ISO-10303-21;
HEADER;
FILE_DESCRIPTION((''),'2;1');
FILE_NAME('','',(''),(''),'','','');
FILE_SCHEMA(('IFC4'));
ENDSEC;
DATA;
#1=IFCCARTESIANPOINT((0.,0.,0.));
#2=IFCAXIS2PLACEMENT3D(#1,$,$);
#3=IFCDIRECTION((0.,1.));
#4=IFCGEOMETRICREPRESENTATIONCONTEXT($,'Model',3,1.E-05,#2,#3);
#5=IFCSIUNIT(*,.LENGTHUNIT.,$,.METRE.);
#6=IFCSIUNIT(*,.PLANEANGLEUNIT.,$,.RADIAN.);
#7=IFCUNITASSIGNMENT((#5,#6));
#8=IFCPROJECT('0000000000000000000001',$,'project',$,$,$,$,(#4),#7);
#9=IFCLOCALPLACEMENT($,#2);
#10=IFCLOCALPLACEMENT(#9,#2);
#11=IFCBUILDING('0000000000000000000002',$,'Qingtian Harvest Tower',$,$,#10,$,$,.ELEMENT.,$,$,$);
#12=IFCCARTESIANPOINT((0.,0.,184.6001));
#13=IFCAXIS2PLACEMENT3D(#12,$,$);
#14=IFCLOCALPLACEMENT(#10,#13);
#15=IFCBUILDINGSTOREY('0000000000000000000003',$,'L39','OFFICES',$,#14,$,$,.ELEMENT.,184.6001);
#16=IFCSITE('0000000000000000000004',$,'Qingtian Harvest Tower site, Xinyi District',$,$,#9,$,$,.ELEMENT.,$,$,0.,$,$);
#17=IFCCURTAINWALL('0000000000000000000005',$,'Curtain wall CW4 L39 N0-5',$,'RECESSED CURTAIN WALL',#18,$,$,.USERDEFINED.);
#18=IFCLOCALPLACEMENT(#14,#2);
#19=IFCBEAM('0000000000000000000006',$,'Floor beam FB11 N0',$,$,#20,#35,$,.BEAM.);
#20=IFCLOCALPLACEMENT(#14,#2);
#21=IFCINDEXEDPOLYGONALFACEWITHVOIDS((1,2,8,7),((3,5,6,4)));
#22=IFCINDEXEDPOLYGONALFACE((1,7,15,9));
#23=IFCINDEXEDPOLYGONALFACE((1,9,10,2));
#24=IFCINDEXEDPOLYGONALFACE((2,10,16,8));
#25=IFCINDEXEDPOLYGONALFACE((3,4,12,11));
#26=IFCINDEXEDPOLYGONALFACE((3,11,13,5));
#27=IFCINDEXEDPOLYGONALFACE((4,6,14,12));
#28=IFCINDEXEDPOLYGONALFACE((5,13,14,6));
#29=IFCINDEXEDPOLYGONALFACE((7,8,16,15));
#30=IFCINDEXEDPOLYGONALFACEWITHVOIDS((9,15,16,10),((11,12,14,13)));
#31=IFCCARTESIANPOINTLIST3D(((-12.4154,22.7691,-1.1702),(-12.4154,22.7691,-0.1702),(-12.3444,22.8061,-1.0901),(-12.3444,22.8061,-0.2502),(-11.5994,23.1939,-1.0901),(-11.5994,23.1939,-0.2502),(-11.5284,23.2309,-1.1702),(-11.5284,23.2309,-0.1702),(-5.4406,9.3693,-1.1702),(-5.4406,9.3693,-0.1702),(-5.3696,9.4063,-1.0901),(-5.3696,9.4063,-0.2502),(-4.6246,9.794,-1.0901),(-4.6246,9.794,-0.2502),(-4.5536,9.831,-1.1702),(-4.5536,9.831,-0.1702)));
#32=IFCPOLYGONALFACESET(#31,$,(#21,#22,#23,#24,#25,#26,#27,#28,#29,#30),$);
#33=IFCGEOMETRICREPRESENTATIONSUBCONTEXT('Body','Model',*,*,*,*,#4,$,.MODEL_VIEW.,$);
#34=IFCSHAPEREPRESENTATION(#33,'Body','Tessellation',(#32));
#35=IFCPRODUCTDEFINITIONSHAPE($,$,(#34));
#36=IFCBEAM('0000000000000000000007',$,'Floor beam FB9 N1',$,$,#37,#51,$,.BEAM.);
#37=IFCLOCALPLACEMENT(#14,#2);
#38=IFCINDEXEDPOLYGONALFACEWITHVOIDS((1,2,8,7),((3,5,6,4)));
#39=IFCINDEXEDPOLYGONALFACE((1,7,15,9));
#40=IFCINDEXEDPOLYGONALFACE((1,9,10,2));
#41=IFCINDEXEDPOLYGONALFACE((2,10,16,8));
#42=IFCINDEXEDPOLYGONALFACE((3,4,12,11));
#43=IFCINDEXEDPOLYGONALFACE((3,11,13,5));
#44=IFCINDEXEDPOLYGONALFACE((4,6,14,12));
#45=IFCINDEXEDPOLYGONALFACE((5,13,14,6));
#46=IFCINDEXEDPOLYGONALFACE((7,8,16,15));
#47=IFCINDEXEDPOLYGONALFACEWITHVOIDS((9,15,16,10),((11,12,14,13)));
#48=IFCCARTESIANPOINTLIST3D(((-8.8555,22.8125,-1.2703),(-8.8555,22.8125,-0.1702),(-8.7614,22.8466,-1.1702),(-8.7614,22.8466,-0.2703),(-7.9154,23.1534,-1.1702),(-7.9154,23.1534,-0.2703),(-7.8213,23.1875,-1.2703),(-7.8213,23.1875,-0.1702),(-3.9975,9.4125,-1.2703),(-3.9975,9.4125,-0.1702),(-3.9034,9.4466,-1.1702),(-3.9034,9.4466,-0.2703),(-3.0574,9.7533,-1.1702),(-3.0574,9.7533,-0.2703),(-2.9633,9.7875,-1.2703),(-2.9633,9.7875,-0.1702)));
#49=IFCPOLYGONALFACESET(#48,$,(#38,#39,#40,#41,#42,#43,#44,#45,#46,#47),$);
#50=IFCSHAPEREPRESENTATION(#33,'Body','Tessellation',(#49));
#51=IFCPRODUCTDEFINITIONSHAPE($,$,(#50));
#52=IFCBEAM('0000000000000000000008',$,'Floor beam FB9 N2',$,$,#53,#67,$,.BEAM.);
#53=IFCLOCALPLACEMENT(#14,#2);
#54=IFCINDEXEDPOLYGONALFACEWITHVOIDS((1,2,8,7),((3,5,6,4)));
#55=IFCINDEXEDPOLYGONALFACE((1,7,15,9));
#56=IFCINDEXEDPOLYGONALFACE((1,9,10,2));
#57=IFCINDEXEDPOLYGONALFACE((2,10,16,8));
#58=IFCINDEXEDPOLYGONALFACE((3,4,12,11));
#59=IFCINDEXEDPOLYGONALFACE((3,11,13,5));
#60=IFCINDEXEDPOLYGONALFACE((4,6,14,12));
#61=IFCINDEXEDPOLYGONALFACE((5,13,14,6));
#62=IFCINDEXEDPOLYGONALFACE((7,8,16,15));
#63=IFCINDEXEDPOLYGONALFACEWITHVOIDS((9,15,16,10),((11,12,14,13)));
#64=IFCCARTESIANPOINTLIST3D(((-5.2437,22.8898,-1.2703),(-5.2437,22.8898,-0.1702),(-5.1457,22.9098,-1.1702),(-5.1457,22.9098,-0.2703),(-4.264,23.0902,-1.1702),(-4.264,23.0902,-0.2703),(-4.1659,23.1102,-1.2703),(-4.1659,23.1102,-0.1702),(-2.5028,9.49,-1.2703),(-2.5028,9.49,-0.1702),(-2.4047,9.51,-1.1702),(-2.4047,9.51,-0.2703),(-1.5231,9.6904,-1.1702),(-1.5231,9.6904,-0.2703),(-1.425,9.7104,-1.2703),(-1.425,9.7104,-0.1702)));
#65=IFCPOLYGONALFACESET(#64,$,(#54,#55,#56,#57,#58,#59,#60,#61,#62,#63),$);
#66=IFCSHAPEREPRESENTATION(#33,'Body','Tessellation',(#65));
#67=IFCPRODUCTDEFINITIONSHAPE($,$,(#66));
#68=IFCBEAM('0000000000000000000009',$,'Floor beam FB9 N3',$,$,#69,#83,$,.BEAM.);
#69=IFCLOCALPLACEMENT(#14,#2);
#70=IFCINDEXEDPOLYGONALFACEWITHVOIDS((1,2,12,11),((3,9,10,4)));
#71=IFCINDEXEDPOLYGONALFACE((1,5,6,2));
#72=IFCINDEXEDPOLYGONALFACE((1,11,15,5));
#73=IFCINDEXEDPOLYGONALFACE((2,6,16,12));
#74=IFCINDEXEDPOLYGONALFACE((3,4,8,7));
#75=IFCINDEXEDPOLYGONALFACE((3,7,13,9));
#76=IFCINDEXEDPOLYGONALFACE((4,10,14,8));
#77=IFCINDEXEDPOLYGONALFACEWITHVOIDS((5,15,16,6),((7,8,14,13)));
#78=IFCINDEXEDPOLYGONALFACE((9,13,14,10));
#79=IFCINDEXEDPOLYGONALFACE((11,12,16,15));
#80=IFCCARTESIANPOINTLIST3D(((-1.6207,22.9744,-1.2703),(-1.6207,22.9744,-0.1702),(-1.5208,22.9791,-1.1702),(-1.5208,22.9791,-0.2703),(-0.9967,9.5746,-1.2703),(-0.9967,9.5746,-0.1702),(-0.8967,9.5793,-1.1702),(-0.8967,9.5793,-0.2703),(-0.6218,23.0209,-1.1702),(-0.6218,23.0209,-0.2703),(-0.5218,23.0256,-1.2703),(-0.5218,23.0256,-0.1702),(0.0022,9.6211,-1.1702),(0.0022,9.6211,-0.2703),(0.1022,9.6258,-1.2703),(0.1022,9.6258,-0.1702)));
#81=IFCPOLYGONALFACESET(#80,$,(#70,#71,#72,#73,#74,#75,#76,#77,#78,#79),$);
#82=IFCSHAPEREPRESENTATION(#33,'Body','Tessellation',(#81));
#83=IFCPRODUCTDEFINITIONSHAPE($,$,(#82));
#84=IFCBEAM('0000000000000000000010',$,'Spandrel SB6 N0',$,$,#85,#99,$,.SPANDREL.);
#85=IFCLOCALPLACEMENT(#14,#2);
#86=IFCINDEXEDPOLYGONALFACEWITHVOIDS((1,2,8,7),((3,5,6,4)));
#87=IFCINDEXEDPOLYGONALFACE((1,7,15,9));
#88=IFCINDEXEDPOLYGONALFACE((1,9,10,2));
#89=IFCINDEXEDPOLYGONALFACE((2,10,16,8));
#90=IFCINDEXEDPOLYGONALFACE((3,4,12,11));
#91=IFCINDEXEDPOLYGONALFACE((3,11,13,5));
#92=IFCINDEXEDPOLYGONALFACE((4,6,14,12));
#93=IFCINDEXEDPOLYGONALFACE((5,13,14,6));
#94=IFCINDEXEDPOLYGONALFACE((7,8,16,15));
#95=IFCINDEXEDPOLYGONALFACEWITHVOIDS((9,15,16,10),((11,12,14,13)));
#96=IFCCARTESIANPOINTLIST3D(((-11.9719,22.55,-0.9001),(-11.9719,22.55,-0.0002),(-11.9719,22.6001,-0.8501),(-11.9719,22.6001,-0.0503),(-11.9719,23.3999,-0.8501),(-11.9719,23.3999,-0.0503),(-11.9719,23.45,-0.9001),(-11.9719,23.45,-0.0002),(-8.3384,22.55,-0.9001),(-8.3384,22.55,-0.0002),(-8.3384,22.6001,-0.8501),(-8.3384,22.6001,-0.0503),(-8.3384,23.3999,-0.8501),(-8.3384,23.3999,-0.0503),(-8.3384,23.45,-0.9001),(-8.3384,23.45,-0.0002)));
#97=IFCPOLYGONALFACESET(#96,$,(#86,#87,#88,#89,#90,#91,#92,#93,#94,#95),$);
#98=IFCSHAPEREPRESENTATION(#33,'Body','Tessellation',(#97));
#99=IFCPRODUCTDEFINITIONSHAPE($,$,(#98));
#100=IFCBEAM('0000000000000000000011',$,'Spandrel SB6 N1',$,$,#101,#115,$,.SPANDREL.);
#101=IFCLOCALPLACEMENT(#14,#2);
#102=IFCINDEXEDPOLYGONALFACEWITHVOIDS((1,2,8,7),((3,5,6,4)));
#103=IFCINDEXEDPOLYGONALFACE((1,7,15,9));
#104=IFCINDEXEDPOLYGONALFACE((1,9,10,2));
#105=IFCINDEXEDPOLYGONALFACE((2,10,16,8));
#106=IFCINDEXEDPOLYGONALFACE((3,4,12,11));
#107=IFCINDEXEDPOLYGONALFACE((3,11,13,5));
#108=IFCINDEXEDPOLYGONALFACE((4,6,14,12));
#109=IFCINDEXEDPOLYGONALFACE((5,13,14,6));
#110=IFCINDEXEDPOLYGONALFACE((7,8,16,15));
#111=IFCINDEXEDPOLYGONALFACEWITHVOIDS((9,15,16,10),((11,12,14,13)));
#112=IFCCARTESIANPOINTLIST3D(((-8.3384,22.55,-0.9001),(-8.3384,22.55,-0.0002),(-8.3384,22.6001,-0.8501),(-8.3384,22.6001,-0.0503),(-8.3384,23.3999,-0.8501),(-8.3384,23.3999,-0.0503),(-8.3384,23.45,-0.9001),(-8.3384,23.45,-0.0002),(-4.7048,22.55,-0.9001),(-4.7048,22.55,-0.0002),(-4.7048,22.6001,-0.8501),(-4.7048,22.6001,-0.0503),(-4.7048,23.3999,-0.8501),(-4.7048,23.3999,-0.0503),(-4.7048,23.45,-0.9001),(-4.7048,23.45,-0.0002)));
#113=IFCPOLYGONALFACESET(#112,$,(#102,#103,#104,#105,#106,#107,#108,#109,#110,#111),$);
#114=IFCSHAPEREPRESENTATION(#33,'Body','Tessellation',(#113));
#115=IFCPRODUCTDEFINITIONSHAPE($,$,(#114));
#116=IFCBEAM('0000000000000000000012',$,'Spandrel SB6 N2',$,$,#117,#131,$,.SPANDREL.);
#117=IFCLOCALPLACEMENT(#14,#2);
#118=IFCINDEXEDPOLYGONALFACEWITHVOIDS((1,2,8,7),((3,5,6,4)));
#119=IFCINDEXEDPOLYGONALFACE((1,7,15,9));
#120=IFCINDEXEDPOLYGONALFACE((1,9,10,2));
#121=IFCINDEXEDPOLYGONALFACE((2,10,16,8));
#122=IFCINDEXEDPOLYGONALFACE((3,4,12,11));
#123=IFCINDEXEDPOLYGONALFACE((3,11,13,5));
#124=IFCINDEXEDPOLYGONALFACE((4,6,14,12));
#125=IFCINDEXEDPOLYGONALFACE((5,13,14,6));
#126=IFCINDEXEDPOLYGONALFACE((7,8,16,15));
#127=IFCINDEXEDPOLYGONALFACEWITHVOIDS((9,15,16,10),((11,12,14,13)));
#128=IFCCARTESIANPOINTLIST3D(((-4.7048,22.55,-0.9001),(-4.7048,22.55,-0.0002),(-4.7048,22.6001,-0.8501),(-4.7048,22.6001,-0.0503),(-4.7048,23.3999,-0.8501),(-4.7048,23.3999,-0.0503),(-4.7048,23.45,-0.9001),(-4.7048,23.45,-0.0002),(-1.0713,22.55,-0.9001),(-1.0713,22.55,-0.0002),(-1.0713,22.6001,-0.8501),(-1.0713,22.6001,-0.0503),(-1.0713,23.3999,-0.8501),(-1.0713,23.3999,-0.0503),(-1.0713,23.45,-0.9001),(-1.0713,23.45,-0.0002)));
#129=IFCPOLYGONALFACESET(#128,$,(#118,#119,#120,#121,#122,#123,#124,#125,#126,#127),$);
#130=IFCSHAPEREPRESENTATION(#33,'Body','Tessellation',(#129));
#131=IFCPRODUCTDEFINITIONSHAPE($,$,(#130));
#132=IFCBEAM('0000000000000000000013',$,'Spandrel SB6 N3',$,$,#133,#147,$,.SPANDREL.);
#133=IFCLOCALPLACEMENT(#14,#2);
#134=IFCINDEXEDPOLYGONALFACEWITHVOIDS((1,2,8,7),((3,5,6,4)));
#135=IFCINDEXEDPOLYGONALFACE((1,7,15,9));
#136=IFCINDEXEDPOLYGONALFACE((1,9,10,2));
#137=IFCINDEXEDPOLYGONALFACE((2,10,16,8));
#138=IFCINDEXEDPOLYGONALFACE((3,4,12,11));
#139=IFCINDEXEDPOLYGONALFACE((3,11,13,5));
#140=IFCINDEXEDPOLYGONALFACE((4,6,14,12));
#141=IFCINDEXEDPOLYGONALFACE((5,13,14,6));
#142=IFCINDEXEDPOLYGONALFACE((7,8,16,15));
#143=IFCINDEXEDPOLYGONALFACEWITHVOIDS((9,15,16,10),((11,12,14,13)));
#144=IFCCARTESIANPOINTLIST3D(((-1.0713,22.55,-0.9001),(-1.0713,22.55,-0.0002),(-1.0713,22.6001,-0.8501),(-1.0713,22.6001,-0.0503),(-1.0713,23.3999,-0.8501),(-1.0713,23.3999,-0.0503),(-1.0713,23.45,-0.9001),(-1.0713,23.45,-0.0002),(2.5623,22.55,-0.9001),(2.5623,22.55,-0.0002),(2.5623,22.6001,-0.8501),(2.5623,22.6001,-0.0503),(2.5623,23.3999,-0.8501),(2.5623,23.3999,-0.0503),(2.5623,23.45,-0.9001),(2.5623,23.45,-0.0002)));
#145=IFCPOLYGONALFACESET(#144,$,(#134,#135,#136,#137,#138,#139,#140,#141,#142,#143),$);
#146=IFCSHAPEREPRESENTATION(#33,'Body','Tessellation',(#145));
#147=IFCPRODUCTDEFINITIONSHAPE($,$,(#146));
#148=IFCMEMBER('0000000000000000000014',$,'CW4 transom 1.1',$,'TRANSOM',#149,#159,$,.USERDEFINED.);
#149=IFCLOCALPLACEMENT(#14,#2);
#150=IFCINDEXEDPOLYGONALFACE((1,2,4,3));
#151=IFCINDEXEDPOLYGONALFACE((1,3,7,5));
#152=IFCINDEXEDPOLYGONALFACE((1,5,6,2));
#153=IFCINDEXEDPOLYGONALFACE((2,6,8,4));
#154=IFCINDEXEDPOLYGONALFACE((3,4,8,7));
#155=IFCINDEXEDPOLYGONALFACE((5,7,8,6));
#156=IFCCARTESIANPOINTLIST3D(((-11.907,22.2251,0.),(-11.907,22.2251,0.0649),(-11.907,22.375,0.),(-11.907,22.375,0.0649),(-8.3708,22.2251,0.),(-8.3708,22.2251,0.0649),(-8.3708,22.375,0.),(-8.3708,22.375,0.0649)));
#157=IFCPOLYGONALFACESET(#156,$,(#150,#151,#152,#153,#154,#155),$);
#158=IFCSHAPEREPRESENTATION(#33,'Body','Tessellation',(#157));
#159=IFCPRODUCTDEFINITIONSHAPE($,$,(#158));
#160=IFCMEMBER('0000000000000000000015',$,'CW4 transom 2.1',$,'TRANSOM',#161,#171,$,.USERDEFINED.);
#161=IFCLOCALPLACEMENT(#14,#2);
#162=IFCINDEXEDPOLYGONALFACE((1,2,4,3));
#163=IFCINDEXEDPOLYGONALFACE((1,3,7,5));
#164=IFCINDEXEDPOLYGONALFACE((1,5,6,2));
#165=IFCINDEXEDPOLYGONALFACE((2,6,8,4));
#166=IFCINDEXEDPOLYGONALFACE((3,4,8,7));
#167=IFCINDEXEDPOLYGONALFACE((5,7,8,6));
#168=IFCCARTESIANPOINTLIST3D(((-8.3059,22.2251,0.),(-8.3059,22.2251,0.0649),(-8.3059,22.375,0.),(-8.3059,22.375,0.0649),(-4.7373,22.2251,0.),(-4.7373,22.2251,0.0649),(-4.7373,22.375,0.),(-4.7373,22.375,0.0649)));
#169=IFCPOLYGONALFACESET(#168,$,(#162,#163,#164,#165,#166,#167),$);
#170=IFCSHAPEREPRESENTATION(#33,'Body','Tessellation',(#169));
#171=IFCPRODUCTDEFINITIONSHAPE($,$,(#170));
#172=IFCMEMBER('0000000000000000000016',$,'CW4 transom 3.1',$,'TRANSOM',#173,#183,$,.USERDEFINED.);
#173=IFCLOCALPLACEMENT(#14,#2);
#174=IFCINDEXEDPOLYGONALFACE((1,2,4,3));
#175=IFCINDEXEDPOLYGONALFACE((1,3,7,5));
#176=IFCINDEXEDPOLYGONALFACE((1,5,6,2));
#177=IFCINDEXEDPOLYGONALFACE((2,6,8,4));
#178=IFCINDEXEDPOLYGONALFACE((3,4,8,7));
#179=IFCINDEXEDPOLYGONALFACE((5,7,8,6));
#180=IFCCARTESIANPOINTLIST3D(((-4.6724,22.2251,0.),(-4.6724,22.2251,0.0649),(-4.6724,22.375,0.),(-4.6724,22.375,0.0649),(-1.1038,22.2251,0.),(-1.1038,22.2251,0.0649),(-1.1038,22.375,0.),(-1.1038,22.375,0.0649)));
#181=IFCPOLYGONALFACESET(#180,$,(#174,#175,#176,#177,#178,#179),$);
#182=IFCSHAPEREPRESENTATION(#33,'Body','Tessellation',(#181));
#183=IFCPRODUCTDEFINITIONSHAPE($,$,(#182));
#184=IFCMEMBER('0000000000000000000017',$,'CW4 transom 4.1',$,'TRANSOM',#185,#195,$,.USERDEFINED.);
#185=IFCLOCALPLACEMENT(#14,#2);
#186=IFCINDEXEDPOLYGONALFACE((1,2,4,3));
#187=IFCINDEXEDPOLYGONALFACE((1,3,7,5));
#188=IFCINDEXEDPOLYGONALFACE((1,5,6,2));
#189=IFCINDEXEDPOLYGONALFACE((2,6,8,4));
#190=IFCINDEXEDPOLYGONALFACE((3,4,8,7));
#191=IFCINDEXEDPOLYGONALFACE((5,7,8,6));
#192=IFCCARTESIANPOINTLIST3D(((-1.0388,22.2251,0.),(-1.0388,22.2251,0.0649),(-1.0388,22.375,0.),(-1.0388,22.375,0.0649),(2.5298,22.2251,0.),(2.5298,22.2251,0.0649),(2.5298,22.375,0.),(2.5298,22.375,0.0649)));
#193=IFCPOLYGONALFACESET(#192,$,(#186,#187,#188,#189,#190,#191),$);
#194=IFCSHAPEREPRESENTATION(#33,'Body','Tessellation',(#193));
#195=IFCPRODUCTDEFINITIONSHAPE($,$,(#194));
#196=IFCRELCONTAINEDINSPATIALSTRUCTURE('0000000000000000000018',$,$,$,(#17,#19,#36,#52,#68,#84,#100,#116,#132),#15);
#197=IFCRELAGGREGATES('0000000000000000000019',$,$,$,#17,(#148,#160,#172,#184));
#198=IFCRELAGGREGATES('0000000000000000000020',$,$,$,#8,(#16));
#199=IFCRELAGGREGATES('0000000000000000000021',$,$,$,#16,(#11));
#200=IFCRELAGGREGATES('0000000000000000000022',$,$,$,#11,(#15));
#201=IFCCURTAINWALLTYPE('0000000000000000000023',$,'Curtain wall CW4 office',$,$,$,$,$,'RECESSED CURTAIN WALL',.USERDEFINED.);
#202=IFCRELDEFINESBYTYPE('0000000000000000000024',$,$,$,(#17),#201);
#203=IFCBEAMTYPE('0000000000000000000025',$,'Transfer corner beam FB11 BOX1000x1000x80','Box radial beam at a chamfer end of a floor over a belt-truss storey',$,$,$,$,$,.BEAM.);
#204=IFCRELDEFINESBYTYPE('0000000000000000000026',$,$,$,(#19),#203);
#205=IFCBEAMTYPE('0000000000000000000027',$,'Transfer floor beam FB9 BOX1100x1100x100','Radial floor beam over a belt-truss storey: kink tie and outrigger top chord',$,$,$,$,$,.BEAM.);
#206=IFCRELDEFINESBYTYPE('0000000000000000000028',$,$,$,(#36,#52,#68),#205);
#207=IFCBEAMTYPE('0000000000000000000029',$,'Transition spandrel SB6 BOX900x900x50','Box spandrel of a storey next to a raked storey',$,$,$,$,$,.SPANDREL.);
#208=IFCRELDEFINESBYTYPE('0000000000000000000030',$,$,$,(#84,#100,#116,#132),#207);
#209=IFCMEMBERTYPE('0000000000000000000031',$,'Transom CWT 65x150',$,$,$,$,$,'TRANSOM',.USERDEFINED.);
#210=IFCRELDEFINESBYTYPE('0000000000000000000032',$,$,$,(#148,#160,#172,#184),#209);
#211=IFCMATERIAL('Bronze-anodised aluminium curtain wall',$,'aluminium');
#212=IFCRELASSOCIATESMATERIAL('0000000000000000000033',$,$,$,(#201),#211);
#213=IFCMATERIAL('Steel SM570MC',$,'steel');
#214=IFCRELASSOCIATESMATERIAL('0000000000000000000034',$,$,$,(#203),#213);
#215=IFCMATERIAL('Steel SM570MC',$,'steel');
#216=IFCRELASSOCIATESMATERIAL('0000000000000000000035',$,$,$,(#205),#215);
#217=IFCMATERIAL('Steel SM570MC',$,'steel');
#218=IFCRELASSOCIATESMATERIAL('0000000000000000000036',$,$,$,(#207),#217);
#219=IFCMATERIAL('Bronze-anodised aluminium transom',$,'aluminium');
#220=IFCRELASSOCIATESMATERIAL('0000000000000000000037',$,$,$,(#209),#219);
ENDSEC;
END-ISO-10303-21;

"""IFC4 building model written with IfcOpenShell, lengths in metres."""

from ifc_helpers import new_model, si_unit, direction, frame, origin, origin_2d, place, context, subcontext, project, spatial, rectangle, hollow_rectangle, extrude, material, material_profile, profile_set, type_object, element, aggregate, save


model = new_model("IFC4")

# Units and contexts
model_context = context("Model", 3, precision=1e-05, world=origin(), true_north=direction((0.0, 1.0)))
body_context = subcontext(model_context, "Body", "Model", "MODEL_VIEW")
ifc_project = project(units=[si_unit("LENGTHUNIT", "METRE"), si_unit("PLANEANGLEUNIT", "RADIAN")], contexts=[model_context])

# Site, building, storey
site_placement = place(None, origin())
site = spatial("IfcSite", under=ifc_project, at=site_placement, Name="Qingtian Harvest Tower site, Xinyi District", CompositionType="ELEMENT", RefElevation=0.0)
building_placement = place(site_placement, origin())
building = spatial("IfcBuilding", under=site, at=building_placement, Name="Qingtian Harvest Tower", CompositionType="ELEMENT")
storey_placement = place(building_placement, frame((0.0, 0.0, 184.6001)))
storey = spatial("IfcBuildingStorey", under=building, at=storey_placement, Name="L39", Description="OFFICES", CompositionType="ELEMENT", Elevation=184.6001)

# Curtain wall
ifc_material_1 = material(Name="Bronze-anodised aluminium curtain wall", Category="aluminium")
curtain_wall_type = type_object("IfcCurtainWallType", Name="Curtain wall CW4 office", ElementType="RECESSED CURTAIN WALL", PredefinedType="USERDEFINED", material=ifc_material_1)
curtain_wall_1_placement = place(storey_placement, origin())
curtain_wall_1 = element("IfcCurtainWall", 1, at=curtain_wall_1_placement, inside=storey, type_object=curtain_wall_type, Name="Curtain wall CW4 L39 N0-5", ObjectType="RECESSED CURTAIN WALL", PredefinedType="USERDEFINED")

# Beams
ifc_material_2 = material(Name="Steel SM570MC", Category="steel")
ifc_material_profile_1 = material_profile(ifc_material_2, hollow_rectangle(XDim=1.0, YDim=1.0, WallThickness=0.0801, at=origin_2d()), Name="BOX1000x1000x80")
ifc_profile_set_1 = profile_set([ifc_material_profile_1], Name="Steel SM570MC")
beam_type_1 = type_object("IfcBeamType", Name="Transfer corner beam FB11 BOX1000x1000x80", Description="Box radial beam at a chamfer end of a floor over a belt-truss storey", PredefinedType="BEAM", material=ifc_profile_set_1)
beam_1_placement = place(storey_placement, frame((-11.9719, 23.0, -0.6702), z_axis=(0.461712, -0.88703, 0.0), x_axis=(0.88703, 0.461712, 0.0)))
element("IfcBeam", 2, at=beam_1_placement, inside=storey, type_object=beam_type_1, Name="Floor beam FB11 N0", PredefinedType="BEAM", context=body_context, shape_type="SweptSolid", body=[
    extrude(hollow_rectangle(XDim=1.0, YDim=1.0, WallThickness=0.0801, at=origin_2d()), origin(), (0.0, 0.0, 1.0), 15.1064),
])
ifc_material_3 = material(Name="Steel SM570MC", Category="steel")
ifc_material_profile_2 = material_profile(ifc_material_3, hollow_rectangle(XDim=1.1001, YDim=1.1001, WallThickness=0.1001, at=origin_2d()), Name="BOX1100x1100x100")
ifc_profile_set_2 = profile_set([ifc_material_profile_2], Name="Steel SM570MC")
beam_type_2 = type_object("IfcBeamType", Name="Transfer floor beam FB9 BOX1100x1100x100", Description="Radial floor beam over a belt-truss storey: kink tie and outrigger top chord", PredefinedType="BEAM", material=ifc_profile_set_2)
beam_2_placement = place(storey_placement, frame((-8.3384, 23.0, -0.7202), z_axis=(0.340827, -0.940126, 0.0), x_axis=(0.940126, 0.340827, 0.0)))
element("IfcBeam", 3, at=beam_2_placement, inside=storey, type_object=beam_type_2, Name="Floor beam FB9 N1", PredefinedType="BEAM", context=body_context, shape_type="SweptSolid", body=[
    extrude(hollow_rectangle(XDim=1.1001, YDim=1.1001, WallThickness=0.1001, at=origin_2d()), origin(), (0.0, 0.0, 1.0), 14.2534),
])
beam_3_placement = place(storey_placement, frame((-4.7048, 23.0, -0.7202), z_axis=(0.200402, -0.979714, 0.0), x_axis=(0.979714, 0.200402, 0.0)))
element("IfcBeam", 4, at=beam_3_placement, inside=storey, type_object=beam_type_2, Name="Floor beam FB9 N2", PredefinedType="BEAM", context=body_context, shape_type="SweptSolid", body=[
    extrude(hollow_rectangle(XDim=1.1001, YDim=1.1001, WallThickness=0.1001, at=origin_2d()), origin(), (0.0, 0.0, 1.0), 13.6772),
])
beam_4_placement = place(storey_placement, frame((-1.0713, 23.0, -0.7202), z_axis=(0.046519, -0.998917, 0.0), x_axis=(0.998917, 0.046519, 0.0)))
element("IfcBeam", 5, at=beam_4_placement, inside=storey, type_object=beam_type_2, Name="Floor beam FB9 N3", PredefinedType="BEAM", context=body_context, shape_type="SweptSolid", body=[
    extrude(hollow_rectangle(XDim=1.1001, YDim=1.1001, WallThickness=0.1001, at=origin_2d()), origin(), (0.0, 0.0, 1.0), 13.4143),
])
ifc_material_4 = material(Name="Steel SM570MC", Category="steel")
ifc_material_profile_3 = material_profile(ifc_material_4, hollow_rectangle(XDim=0.8999, YDim=0.8999, WallThickness=0.05, at=origin_2d()), Name="BOX900x900x50")
ifc_profile_set_3 = profile_set([ifc_material_profile_3], Name="Steel SM570MC")
beam_type_3 = type_object("IfcBeamType", Name="Transition spandrel SB6 BOX900x900x50", Description="Box spandrel of a storey next to a raked storey", PredefinedType="SPANDREL", material=ifc_profile_set_3)
for number, where, z_axis, x_axis, name in (
    (6, (-11.9719, 23.0, -0.4502), (1.0, 0.0, 0.0), (0.0, 1.0, 0.0), "Spandrel SB6 N0"),
    (7, (-8.3384, 23.0, -0.4502), (1.0, 0.0, 0.0), (0.0, 1.0, 0.0), "Spandrel SB6 N1"),
    (8, (-4.7048, 23.0, -0.4502), (1.0, 0.0, 0.0), (0.0, 1.0, 0.0), "Spandrel SB6 N2"),
    (9, (-1.0713, 23.0, -0.4502), (1.0, 0.0, 0.0), (0.0, 1.0, 0.0), "Spandrel SB6 N3"),
):
    element("IfcBeam", number, at=place(storey_placement, frame(where, z_axis=z_axis, x_axis=x_axis)), inside=storey, type_object=beam_type_3, Name=name, PredefinedType="SPANDREL", context=body_context, shape_type="SweptSolid", body=[
        extrude(hollow_rectangle(XDim=0.8999, YDim=0.8999, WallThickness=0.05, at=origin_2d()), origin(), (0.0, 0.0, 1.0), 3.6335),
    ])

# Members
ifc_material_5 = material(Name="Bronze-anodised aluminium transom", Category="aluminium")
ifc_material_profile_4 = material_profile(ifc_material_5, rectangle(XDim=0.1499, YDim=0.0649, at=origin_2d()), Name="AL 65x150")
ifc_profile_set_4 = profile_set([ifc_material_profile_4], Name="Bronze-anodised aluminium transom")
member_type_1 = type_object("IfcMemberType", Name="Transom CWT 65x150", ElementType="TRANSOM", PredefinedType="USERDEFINED", material=ifc_profile_set_4)
member_1_placement = place(storey_placement, frame((-11.907, 22.3, 0.0325), z_axis=(1.0, 0.0, 0.0), x_axis=(0.0, 1.0, 0.0)))
member_1 = element("IfcMember", 10, at=member_1_placement, type_object=member_type_1, Name="CW4 transom 1.1", ObjectType="TRANSOM", PredefinedType="USERDEFINED", context=body_context, shape_type="SweptSolid", body=[
    extrude(rectangle(XDim=0.1499, YDim=0.0649, at=origin_2d()), origin(), (0.0, 0.0, 1.0), 3.5361),
])
member_2_placement = place(storey_placement, frame((-8.3059, 22.3, 0.0325), z_axis=(1.0, 0.0, 0.0), x_axis=(0.0, 1.0, 0.0)))
member_2 = element("IfcMember", 11, at=member_2_placement, type_object=member_type_1, Name="CW4 transom 2.1", ObjectType="TRANSOM", PredefinedType="USERDEFINED", context=body_context, shape_type="SweptSolid", body=[
    extrude(rectangle(XDim=0.1499, YDim=0.0649, at=origin_2d()), origin(), (0.0, 0.0, 1.0), 3.5686),
])
member_3_placement = place(storey_placement, frame((-4.6724, 22.3, 0.0325), z_axis=(1.0, 0.0, 0.0), x_axis=(0.0, 1.0, 0.0)))
member_3 = element("IfcMember", 12, at=member_3_placement, type_object=member_type_1, Name="CW4 transom 3.1", ObjectType="TRANSOM", PredefinedType="USERDEFINED", context=body_context, shape_type="SweptSolid", body=[
    extrude(rectangle(XDim=0.1499, YDim=0.0649, at=origin_2d()), origin(), (0.0, 0.0, 1.0), 3.5686),
])
member_4_placement = place(storey_placement, frame((-1.0388, 22.3, 0.0325), z_axis=(1.0, 0.0, 0.0), x_axis=(0.0, 1.0, 0.0)))
member_4 = element("IfcMember", 13, at=member_4_placement, type_object=member_type_1, Name="CW4 transom 4.1", ObjectType="TRANSOM", PredefinedType="USERDEFINED", context=body_context, shape_type="SweptSolid", body=[
    extrude(rectangle(XDim=0.1499, YDim=0.0649, at=origin_2d()), origin(), (0.0, 0.0, 1.0), 3.5686),
])

aggregate(curtain_wall_1, [member_1, member_2, member_3, member_4])

save(model, "model.ifc")
